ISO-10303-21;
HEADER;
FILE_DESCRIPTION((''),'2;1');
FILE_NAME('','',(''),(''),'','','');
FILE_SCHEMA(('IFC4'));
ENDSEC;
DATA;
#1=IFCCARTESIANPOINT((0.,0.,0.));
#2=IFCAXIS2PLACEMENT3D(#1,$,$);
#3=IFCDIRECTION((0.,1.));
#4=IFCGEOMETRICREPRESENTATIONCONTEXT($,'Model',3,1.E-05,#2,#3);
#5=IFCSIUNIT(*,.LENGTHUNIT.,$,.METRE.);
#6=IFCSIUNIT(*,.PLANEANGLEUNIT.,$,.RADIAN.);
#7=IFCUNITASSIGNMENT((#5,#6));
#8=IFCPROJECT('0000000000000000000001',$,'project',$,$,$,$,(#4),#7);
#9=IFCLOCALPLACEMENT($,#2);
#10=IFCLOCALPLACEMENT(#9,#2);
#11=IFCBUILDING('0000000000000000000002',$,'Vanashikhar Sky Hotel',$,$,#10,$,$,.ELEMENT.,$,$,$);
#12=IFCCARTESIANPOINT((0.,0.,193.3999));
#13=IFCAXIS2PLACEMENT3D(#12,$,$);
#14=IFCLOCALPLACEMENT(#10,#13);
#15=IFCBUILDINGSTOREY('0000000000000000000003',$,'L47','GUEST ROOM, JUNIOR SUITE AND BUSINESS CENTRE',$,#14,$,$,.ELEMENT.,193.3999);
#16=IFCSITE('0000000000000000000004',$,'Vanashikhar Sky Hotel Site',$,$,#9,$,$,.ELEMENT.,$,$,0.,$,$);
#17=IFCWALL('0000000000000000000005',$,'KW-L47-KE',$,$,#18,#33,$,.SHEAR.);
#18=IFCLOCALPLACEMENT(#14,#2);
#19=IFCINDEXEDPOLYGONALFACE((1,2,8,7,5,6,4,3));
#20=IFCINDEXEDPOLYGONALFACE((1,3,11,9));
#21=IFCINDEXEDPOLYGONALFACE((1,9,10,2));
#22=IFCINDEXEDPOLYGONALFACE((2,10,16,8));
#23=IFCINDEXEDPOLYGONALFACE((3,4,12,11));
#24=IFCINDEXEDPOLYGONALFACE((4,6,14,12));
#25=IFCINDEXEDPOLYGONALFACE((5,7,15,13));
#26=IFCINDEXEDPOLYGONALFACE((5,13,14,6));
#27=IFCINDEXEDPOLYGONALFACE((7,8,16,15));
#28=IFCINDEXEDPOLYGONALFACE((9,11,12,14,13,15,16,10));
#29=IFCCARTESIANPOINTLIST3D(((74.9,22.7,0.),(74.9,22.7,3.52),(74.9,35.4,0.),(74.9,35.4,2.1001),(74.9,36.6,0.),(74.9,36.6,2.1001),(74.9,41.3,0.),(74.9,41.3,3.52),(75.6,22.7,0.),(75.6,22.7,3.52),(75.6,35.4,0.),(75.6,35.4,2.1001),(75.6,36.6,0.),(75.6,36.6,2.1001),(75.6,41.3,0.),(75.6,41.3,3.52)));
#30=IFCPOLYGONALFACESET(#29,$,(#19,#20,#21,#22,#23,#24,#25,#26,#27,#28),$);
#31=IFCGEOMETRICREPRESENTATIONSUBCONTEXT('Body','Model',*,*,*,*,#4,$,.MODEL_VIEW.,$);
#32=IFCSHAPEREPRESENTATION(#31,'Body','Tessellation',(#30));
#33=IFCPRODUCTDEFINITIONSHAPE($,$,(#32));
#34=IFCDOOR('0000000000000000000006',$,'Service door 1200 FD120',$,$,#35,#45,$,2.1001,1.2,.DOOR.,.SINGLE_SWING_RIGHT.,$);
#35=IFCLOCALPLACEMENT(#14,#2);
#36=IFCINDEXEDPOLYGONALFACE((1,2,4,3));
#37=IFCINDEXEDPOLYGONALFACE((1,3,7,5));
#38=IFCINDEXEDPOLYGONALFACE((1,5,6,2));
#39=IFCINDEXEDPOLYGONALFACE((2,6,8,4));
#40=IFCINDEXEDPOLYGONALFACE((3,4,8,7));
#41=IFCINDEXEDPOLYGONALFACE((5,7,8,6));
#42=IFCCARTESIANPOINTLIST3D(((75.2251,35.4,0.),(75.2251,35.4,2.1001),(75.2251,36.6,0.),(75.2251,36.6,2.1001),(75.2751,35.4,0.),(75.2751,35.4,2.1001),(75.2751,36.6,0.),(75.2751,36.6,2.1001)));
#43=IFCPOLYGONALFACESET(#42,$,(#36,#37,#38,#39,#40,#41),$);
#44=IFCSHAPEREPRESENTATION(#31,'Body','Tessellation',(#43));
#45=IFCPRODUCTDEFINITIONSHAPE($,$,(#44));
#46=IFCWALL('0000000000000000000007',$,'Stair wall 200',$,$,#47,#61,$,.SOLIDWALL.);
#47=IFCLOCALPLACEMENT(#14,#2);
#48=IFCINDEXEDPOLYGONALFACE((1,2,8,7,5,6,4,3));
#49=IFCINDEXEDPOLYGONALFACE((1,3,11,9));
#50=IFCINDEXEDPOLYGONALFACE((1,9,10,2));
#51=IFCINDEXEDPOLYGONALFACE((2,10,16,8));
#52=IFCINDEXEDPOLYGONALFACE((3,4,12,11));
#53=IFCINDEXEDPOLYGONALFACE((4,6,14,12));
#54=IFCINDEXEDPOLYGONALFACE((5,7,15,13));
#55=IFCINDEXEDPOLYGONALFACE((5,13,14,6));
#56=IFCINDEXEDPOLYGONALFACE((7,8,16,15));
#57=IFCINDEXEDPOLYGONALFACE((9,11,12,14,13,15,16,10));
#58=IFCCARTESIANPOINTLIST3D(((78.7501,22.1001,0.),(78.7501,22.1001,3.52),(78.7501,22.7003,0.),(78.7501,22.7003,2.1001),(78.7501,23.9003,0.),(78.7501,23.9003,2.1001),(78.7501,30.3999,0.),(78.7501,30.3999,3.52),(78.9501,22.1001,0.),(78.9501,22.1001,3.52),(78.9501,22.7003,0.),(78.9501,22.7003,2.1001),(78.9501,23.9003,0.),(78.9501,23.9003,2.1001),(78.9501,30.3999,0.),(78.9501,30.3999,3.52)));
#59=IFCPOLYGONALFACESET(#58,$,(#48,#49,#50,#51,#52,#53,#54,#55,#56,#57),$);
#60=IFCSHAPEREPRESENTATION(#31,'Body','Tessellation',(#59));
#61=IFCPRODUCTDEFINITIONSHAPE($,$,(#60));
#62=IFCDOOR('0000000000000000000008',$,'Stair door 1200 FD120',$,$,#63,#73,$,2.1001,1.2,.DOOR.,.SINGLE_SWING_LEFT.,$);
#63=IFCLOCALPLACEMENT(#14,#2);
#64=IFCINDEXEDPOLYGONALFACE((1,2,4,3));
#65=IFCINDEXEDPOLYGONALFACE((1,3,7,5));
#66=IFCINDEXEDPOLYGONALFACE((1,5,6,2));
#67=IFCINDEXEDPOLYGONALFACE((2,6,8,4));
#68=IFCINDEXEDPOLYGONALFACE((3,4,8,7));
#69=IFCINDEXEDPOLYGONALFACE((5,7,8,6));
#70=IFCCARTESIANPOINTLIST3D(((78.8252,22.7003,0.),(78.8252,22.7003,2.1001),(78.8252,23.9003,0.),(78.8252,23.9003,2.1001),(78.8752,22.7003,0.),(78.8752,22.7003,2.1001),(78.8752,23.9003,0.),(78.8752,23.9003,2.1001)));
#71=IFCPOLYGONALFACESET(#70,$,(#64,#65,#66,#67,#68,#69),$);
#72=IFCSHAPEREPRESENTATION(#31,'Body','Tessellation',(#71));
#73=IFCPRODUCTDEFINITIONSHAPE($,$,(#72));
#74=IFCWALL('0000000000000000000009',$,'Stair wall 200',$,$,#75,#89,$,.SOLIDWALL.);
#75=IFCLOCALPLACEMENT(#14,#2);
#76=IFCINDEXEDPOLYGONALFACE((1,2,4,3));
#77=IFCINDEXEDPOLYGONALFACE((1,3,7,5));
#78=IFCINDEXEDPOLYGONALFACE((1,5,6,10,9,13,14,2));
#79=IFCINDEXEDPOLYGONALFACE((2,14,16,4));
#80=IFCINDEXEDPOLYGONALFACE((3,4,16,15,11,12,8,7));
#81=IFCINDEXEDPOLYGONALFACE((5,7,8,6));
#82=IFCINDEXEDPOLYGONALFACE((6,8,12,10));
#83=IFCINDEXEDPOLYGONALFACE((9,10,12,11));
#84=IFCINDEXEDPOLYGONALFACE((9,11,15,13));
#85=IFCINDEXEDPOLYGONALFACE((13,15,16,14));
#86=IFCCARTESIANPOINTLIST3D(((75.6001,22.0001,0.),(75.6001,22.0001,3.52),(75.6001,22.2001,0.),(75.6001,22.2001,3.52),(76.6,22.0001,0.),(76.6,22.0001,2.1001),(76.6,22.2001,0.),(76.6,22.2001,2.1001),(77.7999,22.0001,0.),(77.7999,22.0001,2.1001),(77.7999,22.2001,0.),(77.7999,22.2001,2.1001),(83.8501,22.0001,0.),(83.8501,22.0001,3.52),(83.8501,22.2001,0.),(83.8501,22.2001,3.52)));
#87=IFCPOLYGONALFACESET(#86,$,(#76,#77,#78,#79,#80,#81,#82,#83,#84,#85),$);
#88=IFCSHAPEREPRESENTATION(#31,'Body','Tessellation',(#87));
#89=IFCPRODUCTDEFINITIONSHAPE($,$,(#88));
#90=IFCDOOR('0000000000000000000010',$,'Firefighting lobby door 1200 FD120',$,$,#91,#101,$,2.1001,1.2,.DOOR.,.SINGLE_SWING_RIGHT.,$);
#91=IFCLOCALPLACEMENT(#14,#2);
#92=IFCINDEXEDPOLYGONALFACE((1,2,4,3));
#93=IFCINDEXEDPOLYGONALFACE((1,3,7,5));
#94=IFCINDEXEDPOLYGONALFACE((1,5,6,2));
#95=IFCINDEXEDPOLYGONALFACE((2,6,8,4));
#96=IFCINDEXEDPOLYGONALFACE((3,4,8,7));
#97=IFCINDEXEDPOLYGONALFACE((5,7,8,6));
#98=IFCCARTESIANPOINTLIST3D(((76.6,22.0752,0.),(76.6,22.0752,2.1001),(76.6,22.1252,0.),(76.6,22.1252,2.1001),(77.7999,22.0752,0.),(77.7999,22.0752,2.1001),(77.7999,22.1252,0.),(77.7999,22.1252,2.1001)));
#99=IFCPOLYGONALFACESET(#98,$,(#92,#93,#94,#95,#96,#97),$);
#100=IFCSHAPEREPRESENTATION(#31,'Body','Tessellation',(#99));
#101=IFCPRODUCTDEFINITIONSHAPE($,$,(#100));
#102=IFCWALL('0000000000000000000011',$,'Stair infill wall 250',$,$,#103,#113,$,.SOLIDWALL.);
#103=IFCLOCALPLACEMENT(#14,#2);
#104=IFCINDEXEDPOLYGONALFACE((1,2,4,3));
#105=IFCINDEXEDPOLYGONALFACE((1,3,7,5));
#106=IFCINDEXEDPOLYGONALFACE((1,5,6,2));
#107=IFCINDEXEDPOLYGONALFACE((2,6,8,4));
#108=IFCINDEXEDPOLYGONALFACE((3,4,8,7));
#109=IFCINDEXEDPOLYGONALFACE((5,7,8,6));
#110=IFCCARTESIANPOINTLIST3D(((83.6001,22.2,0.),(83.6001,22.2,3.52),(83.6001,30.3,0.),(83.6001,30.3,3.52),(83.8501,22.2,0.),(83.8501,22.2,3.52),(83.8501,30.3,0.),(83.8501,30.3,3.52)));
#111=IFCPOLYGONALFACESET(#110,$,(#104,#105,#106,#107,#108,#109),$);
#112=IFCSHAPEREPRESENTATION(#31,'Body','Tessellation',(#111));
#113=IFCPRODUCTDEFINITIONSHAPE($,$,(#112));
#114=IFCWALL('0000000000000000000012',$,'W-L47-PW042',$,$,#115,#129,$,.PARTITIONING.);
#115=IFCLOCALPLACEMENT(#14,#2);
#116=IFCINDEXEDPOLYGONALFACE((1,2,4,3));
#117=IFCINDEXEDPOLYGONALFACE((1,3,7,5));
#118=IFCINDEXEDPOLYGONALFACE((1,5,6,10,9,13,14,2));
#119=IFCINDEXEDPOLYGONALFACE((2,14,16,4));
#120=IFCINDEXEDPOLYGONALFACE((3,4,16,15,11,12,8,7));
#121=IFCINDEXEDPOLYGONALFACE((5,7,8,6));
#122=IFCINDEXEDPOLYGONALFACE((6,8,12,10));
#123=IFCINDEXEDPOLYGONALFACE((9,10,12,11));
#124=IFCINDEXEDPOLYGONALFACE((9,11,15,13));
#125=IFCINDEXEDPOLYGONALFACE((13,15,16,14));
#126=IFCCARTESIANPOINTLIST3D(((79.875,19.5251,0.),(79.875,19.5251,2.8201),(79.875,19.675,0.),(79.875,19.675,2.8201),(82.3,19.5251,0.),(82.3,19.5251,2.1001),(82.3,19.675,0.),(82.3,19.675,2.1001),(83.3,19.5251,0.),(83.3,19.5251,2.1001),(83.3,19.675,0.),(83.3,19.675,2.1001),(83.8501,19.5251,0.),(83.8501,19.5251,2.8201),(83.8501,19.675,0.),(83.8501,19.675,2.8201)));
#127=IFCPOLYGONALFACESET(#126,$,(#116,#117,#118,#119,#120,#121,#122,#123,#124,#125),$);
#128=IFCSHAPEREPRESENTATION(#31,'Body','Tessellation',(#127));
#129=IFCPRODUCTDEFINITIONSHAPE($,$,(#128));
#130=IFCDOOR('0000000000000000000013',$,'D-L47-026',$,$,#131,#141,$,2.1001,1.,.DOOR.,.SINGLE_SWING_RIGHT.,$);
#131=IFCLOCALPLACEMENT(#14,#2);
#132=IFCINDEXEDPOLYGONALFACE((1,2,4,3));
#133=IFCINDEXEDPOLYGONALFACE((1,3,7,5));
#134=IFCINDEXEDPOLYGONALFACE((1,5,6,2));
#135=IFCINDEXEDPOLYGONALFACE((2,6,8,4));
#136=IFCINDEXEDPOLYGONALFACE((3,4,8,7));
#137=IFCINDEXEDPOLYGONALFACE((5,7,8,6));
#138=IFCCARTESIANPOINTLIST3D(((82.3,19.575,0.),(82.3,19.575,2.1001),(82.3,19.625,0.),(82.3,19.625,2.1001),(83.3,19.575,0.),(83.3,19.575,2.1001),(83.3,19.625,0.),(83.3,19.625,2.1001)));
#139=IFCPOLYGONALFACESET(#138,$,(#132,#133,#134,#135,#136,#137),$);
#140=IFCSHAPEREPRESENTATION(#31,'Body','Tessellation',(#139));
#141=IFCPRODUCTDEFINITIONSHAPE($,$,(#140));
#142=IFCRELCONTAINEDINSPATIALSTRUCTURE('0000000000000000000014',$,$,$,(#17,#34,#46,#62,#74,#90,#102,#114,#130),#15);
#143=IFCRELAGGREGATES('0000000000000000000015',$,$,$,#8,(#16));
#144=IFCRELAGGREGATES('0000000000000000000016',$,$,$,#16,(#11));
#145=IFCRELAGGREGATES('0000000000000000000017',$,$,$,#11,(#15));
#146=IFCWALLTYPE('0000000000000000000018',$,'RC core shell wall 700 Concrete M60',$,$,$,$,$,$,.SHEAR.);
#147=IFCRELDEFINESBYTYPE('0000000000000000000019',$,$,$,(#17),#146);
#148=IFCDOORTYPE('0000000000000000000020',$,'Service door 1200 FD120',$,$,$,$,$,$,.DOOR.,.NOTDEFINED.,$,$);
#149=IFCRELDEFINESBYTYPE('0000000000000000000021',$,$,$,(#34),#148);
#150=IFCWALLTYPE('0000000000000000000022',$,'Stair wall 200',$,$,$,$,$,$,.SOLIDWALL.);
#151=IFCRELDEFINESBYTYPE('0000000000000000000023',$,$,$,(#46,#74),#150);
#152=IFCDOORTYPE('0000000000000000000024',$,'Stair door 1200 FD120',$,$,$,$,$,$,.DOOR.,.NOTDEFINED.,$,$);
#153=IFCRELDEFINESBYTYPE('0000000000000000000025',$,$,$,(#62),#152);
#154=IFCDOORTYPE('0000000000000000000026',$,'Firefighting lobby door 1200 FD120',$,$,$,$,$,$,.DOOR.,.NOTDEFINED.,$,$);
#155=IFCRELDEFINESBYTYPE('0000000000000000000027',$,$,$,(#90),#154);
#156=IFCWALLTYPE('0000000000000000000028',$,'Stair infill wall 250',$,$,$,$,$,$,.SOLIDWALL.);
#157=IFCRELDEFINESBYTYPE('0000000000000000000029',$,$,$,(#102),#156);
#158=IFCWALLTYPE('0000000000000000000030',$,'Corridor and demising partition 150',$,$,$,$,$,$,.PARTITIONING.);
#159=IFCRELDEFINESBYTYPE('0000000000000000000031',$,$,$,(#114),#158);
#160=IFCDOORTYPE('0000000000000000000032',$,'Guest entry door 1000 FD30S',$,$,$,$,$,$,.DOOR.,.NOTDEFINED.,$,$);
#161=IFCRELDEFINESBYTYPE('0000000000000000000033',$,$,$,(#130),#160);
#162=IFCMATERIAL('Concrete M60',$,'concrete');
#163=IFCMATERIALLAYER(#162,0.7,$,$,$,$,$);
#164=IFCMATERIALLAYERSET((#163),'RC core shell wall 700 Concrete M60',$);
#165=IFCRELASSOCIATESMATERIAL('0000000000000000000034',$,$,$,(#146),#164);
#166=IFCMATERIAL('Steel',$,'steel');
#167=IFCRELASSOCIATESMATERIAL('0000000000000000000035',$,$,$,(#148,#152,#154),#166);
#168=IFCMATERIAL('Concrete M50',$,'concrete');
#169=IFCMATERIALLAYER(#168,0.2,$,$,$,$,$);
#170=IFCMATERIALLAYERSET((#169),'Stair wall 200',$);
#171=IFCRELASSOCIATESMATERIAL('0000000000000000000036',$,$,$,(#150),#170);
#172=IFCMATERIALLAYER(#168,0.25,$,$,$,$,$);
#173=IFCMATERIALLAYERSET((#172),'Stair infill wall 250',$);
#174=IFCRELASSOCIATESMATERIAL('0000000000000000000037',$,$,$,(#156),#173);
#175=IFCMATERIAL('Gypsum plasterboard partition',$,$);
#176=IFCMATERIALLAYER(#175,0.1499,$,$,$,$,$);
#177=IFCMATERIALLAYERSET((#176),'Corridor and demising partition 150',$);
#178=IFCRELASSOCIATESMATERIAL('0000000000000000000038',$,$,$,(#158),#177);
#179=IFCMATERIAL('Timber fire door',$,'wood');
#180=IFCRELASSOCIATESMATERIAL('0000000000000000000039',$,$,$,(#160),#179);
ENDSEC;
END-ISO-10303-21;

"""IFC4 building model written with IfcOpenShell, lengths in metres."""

from ifc_helpers import new_model, si_unit, direction, frame, frame_2d, origin, place, context, subcontext, project, spatial, rectangle, extrude, source, transform, mapped, material, layer, layer_set, type_object, element, fill, save


model = new_model("IFC4")

# Units and contexts
model_context = context("Model", 3, precision=1e-05, world=origin(), true_north=direction((0.0, 1.0)))
body_context = subcontext(model_context, "Body", "Model", "MODEL_VIEW")
ifc_project = project(units=[si_unit("LENGTHUNIT", "METRE"), si_unit("PLANEANGLEUNIT", "RADIAN")], contexts=[model_context])

# Site, building, storey
site_placement = place(None, origin())
site = spatial("IfcSite", under=ifc_project, at=site_placement, Name="Vanashikhar Sky Hotel Site", CompositionType="ELEMENT", RefElevation=0.0)
building_placement = place(site_placement, origin())
building = spatial("IfcBuilding", under=site, at=building_placement, Name="Vanashikhar Sky Hotel", CompositionType="ELEMENT")
storey_placement = place(building_placement, frame((0.0, 0.0, 193.3999)))
storey = spatial("IfcBuildingStorey", under=building, at=storey_placement, Name="L47", Description="GUEST ROOM, JUNIOR SUITE AND BUSINESS CENTRE", CompositionType="ELEMENT", Elevation=193.3999)

# Walls, openings, doors
ifc_material_1 = material(Name="Concrete M60", Category="concrete")
ifc_layer_1 = layer(ifc_material_1, 0.7)
ifc_layer_set_1 = layer_set([ifc_layer_1], Name="RC core shell wall 700 Concrete M60")
wall_type_1 = type_object("IfcWallType", Name="RC core shell wall 700 Concrete M60", PredefinedType="SHEAR", material=ifc_layer_set_1)
shared_shape_1 = source(origin(), body_context, "Body", "SweptSolid", [
    extrude(rectangle(XDim=18.6001, YDim=0.7, at=frame_2d((9.3, 0.0))), origin(), (0.0, 0.0, 1.0), 3.52),
])
wall_1_placement = place(storey_placement, frame((75.25, 22.7, 0.0), z_axis=(0.0, 0.0, 1.0), x_axis=(0.0, 1.0, 0.0)))
wall_1 = element("IfcWall", 1, at=wall_1_placement, inside=storey, type_object=wall_type_1, Name="KW-L47-KE", PredefinedType="SHEAR", context=body_context, shape_type="MappedRepresentation", body=[
    mapped(shared_shape_1, transform((0.0, 0.0, 0.0), scale=1.0)),
])
shared_shape_2 = source(origin(), body_context, "Body", "SweptSolid", [
    extrude(rectangle(XDim=1.2, YDim=2.1001, at=frame_2d((0.6001, 1.05))), frame((0.0, 0.3599, 0.0), z_axis=(0.0, -1.0, 0.0), x_axis=(1.0, 0.0, 0.0)), (0.0, 0.0, 1.0), 0.72),
])
opening_1_placement = place(wall_1_placement, frame((12.7, 0.0, 0.0)))
opening_1 = element("IfcOpeningElement", 2, at=opening_1_placement, cuts=wall_1, PredefinedType="OPENING", context=body_context, shape_type="MappedRepresentation", body=[
    mapped(shared_shape_2, transform((0.0, 0.0, 0.0), scale=1.0)),
])
ifc_material_2 = material(Name="Steel", Category="steel")
door_type_1 = type_object("IfcDoorType", Name="Service door 1200 FD120", OperationType="NOTDEFINED", PredefinedType="DOOR", material=ifc_material_2)
shared_shape_3 = source(origin(), body_context, "Body", "SweptSolid", [
    extrude(rectangle(XDim=1.2, YDim=2.1001, at=frame_2d((0.6001, 1.05))), frame((0.0, 0.0249, 0.0), z_axis=(0.0, -1.0, 0.0), x_axis=(1.0, 0.0, 0.0)), (0.0, 0.0, 1.0), 0.05),
])
door_1_placement = place(opening_1_placement, origin())
door_1 = element("IfcDoor", 3, at=door_1_placement, inside=storey, type_object=door_type_1, Name="Service door 1200 FD120", OperationType="SINGLE_SWING_RIGHT", OverallHeight=2.1001, OverallWidth=1.2, PredefinedType="DOOR", context=body_context, shape_type="MappedRepresentation", body=[
    mapped(shared_shape_3, transform((0.0, 0.0, 0.0), scale=1.0)),
])
fill(opening_1, door_1)
ifc_material_3 = material(Name="Concrete M50", Category="concrete")
ifc_layer_2 = layer(ifc_material_3, 0.2)
ifc_layer_set_2 = layer_set([ifc_layer_2], Name="Stair wall 200")
wall_type_2 = type_object("IfcWallType", Name="Stair wall 200", PredefinedType="SOLIDWALL", material=ifc_layer_set_2)
shared_shape_4 = source(origin(), body_context, "Body", "SweptSolid", [
    extrude(rectangle(XDim=8.2998, YDim=0.2, at=frame_2d((4.1499, 0.0))), origin(), (0.0, 0.0, 1.0), 3.52),
])
wall_2_placement = place(storey_placement, frame((78.8501, 22.1001, 0.0), z_axis=(0.0, 0.0, 1.0), x_axis=(0.0, 1.0, 0.0)))
wall_2 = element("IfcWall", 4, at=wall_2_placement, inside=storey, type_object=wall_type_2, Name="Stair wall 200", PredefinedType="SOLIDWALL", context=body_context, shape_type="MappedRepresentation", body=[
    mapped(shared_shape_4, transform((0.0, 0.0, 0.0), scale=1.0)),
])
shared_shape_5 = source(origin(), body_context, "Body", "SweptSolid", [
    extrude(rectangle(XDim=1.2, YDim=2.1001, at=frame_2d((0.6001, 1.05))), frame((0.0, 0.1099, 0.0), z_axis=(0.0, -1.0, 0.0), x_axis=(1.0, 0.0, 0.0)), (0.0, 0.0, 1.0), 0.22),
])
opening_2_placement = place(wall_2_placement, frame((0.6001, 0.0, 0.0)))
opening_2 = element("IfcOpeningElement", 5, at=opening_2_placement, cuts=wall_2, PredefinedType="OPENING", context=body_context, shape_type="MappedRepresentation", body=[
    mapped(shared_shape_5, transform((0.0, 0.0, 0.0), scale=1.0)),
])
door_type_2 = type_object("IfcDoorType", Name="Stair door 1200 FD120", OperationType="NOTDEFINED", PredefinedType="DOOR", material=ifc_material_2)
door_2_placement = place(opening_2_placement, origin())
door_2 = element("IfcDoor", 6, at=door_2_placement, inside=storey, type_object=door_type_2, Name="Stair door 1200 FD120", OperationType="SINGLE_SWING_LEFT", OverallHeight=2.1001, OverallWidth=1.2, PredefinedType="DOOR", context=body_context, shape_type="MappedRepresentation", body=[
    mapped(shared_shape_3, transform((0.0, 0.0, 0.0), scale=1.0)),
])
fill(opening_2, door_2)
shared_shape_6 = source(origin(), body_context, "Body", "SweptSolid", [
    extrude(rectangle(XDim=8.25, YDim=0.2, at=frame_2d((4.125, 0.0))), origin(), (0.0, 0.0, 1.0), 3.52),
])
wall_3_placement = place(storey_placement, frame((83.8501, 22.1001, 0.0), z_axis=(0.0, 0.0, 1.0), x_axis=(-1.0, 0.0, 0.0)))
wall_3 = element("IfcWall", 7, at=wall_3_placement, inside=storey, type_object=wall_type_2, Name="Stair wall 200", PredefinedType="SOLIDWALL", context=body_context, shape_type="MappedRepresentation", body=[
    mapped(shared_shape_6, transform((0.0, 0.0, 0.0), scale=1.0)),
])
opening_3_placement = place(wall_3_placement, frame((6.05, 0.0, 0.0)))
opening_3 = element("IfcOpeningElement", 8, at=opening_3_placement, cuts=wall_3, PredefinedType="OPENING", context=body_context, shape_type="MappedRepresentation", body=[
    mapped(shared_shape_5, transform((0.0, 0.0, 0.0), scale=1.0)),
])
door_type_3 = type_object("IfcDoorType", Name="Firefighting lobby door 1200 FD120", OperationType="NOTDEFINED", PredefinedType="DOOR", material=ifc_material_2)
door_3_placement = place(opening_3_placement, origin())
door_3 = element("IfcDoor", 9, at=door_3_placement, inside=storey, type_object=door_type_3, Name="Firefighting lobby door 1200 FD120", OperationType="SINGLE_SWING_RIGHT", OverallHeight=2.1001, OverallWidth=1.2, PredefinedType="DOOR", context=body_context, shape_type="MappedRepresentation", body=[
    mapped(shared_shape_3, transform((0.0, 0.0, 0.0), scale=1.0)),
])
fill(opening_3, door_3)

# Wall
ifc_layer_3 = layer(ifc_material_3, 0.25)
ifc_layer_set_3 = layer_set([ifc_layer_3], Name="Stair infill wall 250")
wall_type_3 = type_object("IfcWallType", Name="Stair infill wall 250", PredefinedType="SOLIDWALL", material=ifc_layer_set_3)
shared_shape_7 = source(origin(), body_context, "Body", "SweptSolid", [
    extrude(rectangle(XDim=8.1001, YDim=0.25, at=frame_2d((4.05, 0.0))), origin(), (0.0, 0.0, 1.0), 3.52),
])
wall_4_placement = place(storey_placement, frame((83.7251, 22.2, 0.0), z_axis=(0.0, 0.0, 1.0), x_axis=(0.0, 1.0, 0.0)))
element("IfcWall", 10, at=wall_4_placement, inside=storey, type_object=wall_type_3, Name="Stair infill wall 250", PredefinedType="SOLIDWALL", context=body_context, shape_type="MappedRepresentation", body=[
    mapped(shared_shape_7, transform((0.0, 0.0, 0.0), scale=1.0)),
])

# Wall, opening, door
ifc_material_4 = material(Name="Gypsum plasterboard partition")
ifc_layer_4 = layer(ifc_material_4, 0.1499)
ifc_layer_set_4 = layer_set([ifc_layer_4], Name="Corridor and demising partition 150")
wall_type_4 = type_object("IfcWallType", Name="Corridor and demising partition 150", PredefinedType="PARTITIONING", material=ifc_layer_set_4)
shared_shape_8 = source(origin(), body_context, "Body", "SweptSolid", [
    extrude(rectangle(XDim=3.9751, YDim=0.1499, at=frame_2d((1.9875, 0.0))), origin(), (0.0, 0.0, 1.0), 2.8201),
])
wall_5_placement = place(storey_placement, frame((79.875, 19.6001, 0.0), z_axis=(0.0, 0.0, 1.0), x_axis=(1.0, 0.0, 0.0)))
wall_5 = element("IfcWall", 11, at=wall_5_placement, inside=storey, type_object=wall_type_4, Name="W-L47-PW042", PredefinedType="PARTITIONING", context=body_context, shape_type="MappedRepresentation", body=[
    mapped(shared_shape_8, transform((0.0, 0.0, 0.0), scale=1.0)),
])
shared_shape_9 = source(origin(), body_context, "Body", "SweptSolid", [
    extrude(rectangle(XDim=1.0, YDim=2.1001, at=frame_2d((0.5, 1.05))), frame((0.0, 0.085, 0.0), z_axis=(0.0, -1.0, 0.0), x_axis=(1.0, 0.0, 0.0)), (0.0, 0.0, 1.0), 0.1699),
])
opening_4_placement = place(wall_5_placement, frame((2.425, 0.0, 0.0)))
opening_4 = element("IfcOpeningElement", 12, at=opening_4_placement, cuts=wall_5, PredefinedType="OPENING", context=body_context, shape_type="MappedRepresentation", body=[
    mapped(shared_shape_9, transform((0.0, 0.0, 0.0), scale=1.0)),
])
ifc_material_5 = material(Name="Timber fire door", Category="wood")
door_type_4 = type_object("IfcDoorType", Name="Guest entry door 1000 FD30S", OperationType="NOTDEFINED", PredefinedType="DOOR", material=ifc_material_5)
shared_shape_10 = source(origin(), body_context, "Body", "SweptSolid", [
    extrude(rectangle(XDim=1.0, YDim=2.1001, at=frame_2d((0.5, 1.05))), frame((0.0, 0.0249, 0.0), z_axis=(0.0, -1.0, 0.0), x_axis=(1.0, 0.0, 0.0)), (0.0, 0.0, 1.0), 0.05),
])
door_4_placement = place(opening_4_placement, origin())
door_4 = element("IfcDoor", 13, at=door_4_placement, inside=storey, type_object=door_type_4, Name="D-L47-026", OperationType="SINGLE_SWING_RIGHT", OverallHeight=2.1001, OverallWidth=1.0, PredefinedType="DOOR", context=body_context, shape_type="MappedRepresentation", body=[
    mapped(shared_shape_10, transform((0.0, 0.0, 0.0), scale=1.0)),
])
fill(opening_4, door_4)

save(model, "model.ifc")
